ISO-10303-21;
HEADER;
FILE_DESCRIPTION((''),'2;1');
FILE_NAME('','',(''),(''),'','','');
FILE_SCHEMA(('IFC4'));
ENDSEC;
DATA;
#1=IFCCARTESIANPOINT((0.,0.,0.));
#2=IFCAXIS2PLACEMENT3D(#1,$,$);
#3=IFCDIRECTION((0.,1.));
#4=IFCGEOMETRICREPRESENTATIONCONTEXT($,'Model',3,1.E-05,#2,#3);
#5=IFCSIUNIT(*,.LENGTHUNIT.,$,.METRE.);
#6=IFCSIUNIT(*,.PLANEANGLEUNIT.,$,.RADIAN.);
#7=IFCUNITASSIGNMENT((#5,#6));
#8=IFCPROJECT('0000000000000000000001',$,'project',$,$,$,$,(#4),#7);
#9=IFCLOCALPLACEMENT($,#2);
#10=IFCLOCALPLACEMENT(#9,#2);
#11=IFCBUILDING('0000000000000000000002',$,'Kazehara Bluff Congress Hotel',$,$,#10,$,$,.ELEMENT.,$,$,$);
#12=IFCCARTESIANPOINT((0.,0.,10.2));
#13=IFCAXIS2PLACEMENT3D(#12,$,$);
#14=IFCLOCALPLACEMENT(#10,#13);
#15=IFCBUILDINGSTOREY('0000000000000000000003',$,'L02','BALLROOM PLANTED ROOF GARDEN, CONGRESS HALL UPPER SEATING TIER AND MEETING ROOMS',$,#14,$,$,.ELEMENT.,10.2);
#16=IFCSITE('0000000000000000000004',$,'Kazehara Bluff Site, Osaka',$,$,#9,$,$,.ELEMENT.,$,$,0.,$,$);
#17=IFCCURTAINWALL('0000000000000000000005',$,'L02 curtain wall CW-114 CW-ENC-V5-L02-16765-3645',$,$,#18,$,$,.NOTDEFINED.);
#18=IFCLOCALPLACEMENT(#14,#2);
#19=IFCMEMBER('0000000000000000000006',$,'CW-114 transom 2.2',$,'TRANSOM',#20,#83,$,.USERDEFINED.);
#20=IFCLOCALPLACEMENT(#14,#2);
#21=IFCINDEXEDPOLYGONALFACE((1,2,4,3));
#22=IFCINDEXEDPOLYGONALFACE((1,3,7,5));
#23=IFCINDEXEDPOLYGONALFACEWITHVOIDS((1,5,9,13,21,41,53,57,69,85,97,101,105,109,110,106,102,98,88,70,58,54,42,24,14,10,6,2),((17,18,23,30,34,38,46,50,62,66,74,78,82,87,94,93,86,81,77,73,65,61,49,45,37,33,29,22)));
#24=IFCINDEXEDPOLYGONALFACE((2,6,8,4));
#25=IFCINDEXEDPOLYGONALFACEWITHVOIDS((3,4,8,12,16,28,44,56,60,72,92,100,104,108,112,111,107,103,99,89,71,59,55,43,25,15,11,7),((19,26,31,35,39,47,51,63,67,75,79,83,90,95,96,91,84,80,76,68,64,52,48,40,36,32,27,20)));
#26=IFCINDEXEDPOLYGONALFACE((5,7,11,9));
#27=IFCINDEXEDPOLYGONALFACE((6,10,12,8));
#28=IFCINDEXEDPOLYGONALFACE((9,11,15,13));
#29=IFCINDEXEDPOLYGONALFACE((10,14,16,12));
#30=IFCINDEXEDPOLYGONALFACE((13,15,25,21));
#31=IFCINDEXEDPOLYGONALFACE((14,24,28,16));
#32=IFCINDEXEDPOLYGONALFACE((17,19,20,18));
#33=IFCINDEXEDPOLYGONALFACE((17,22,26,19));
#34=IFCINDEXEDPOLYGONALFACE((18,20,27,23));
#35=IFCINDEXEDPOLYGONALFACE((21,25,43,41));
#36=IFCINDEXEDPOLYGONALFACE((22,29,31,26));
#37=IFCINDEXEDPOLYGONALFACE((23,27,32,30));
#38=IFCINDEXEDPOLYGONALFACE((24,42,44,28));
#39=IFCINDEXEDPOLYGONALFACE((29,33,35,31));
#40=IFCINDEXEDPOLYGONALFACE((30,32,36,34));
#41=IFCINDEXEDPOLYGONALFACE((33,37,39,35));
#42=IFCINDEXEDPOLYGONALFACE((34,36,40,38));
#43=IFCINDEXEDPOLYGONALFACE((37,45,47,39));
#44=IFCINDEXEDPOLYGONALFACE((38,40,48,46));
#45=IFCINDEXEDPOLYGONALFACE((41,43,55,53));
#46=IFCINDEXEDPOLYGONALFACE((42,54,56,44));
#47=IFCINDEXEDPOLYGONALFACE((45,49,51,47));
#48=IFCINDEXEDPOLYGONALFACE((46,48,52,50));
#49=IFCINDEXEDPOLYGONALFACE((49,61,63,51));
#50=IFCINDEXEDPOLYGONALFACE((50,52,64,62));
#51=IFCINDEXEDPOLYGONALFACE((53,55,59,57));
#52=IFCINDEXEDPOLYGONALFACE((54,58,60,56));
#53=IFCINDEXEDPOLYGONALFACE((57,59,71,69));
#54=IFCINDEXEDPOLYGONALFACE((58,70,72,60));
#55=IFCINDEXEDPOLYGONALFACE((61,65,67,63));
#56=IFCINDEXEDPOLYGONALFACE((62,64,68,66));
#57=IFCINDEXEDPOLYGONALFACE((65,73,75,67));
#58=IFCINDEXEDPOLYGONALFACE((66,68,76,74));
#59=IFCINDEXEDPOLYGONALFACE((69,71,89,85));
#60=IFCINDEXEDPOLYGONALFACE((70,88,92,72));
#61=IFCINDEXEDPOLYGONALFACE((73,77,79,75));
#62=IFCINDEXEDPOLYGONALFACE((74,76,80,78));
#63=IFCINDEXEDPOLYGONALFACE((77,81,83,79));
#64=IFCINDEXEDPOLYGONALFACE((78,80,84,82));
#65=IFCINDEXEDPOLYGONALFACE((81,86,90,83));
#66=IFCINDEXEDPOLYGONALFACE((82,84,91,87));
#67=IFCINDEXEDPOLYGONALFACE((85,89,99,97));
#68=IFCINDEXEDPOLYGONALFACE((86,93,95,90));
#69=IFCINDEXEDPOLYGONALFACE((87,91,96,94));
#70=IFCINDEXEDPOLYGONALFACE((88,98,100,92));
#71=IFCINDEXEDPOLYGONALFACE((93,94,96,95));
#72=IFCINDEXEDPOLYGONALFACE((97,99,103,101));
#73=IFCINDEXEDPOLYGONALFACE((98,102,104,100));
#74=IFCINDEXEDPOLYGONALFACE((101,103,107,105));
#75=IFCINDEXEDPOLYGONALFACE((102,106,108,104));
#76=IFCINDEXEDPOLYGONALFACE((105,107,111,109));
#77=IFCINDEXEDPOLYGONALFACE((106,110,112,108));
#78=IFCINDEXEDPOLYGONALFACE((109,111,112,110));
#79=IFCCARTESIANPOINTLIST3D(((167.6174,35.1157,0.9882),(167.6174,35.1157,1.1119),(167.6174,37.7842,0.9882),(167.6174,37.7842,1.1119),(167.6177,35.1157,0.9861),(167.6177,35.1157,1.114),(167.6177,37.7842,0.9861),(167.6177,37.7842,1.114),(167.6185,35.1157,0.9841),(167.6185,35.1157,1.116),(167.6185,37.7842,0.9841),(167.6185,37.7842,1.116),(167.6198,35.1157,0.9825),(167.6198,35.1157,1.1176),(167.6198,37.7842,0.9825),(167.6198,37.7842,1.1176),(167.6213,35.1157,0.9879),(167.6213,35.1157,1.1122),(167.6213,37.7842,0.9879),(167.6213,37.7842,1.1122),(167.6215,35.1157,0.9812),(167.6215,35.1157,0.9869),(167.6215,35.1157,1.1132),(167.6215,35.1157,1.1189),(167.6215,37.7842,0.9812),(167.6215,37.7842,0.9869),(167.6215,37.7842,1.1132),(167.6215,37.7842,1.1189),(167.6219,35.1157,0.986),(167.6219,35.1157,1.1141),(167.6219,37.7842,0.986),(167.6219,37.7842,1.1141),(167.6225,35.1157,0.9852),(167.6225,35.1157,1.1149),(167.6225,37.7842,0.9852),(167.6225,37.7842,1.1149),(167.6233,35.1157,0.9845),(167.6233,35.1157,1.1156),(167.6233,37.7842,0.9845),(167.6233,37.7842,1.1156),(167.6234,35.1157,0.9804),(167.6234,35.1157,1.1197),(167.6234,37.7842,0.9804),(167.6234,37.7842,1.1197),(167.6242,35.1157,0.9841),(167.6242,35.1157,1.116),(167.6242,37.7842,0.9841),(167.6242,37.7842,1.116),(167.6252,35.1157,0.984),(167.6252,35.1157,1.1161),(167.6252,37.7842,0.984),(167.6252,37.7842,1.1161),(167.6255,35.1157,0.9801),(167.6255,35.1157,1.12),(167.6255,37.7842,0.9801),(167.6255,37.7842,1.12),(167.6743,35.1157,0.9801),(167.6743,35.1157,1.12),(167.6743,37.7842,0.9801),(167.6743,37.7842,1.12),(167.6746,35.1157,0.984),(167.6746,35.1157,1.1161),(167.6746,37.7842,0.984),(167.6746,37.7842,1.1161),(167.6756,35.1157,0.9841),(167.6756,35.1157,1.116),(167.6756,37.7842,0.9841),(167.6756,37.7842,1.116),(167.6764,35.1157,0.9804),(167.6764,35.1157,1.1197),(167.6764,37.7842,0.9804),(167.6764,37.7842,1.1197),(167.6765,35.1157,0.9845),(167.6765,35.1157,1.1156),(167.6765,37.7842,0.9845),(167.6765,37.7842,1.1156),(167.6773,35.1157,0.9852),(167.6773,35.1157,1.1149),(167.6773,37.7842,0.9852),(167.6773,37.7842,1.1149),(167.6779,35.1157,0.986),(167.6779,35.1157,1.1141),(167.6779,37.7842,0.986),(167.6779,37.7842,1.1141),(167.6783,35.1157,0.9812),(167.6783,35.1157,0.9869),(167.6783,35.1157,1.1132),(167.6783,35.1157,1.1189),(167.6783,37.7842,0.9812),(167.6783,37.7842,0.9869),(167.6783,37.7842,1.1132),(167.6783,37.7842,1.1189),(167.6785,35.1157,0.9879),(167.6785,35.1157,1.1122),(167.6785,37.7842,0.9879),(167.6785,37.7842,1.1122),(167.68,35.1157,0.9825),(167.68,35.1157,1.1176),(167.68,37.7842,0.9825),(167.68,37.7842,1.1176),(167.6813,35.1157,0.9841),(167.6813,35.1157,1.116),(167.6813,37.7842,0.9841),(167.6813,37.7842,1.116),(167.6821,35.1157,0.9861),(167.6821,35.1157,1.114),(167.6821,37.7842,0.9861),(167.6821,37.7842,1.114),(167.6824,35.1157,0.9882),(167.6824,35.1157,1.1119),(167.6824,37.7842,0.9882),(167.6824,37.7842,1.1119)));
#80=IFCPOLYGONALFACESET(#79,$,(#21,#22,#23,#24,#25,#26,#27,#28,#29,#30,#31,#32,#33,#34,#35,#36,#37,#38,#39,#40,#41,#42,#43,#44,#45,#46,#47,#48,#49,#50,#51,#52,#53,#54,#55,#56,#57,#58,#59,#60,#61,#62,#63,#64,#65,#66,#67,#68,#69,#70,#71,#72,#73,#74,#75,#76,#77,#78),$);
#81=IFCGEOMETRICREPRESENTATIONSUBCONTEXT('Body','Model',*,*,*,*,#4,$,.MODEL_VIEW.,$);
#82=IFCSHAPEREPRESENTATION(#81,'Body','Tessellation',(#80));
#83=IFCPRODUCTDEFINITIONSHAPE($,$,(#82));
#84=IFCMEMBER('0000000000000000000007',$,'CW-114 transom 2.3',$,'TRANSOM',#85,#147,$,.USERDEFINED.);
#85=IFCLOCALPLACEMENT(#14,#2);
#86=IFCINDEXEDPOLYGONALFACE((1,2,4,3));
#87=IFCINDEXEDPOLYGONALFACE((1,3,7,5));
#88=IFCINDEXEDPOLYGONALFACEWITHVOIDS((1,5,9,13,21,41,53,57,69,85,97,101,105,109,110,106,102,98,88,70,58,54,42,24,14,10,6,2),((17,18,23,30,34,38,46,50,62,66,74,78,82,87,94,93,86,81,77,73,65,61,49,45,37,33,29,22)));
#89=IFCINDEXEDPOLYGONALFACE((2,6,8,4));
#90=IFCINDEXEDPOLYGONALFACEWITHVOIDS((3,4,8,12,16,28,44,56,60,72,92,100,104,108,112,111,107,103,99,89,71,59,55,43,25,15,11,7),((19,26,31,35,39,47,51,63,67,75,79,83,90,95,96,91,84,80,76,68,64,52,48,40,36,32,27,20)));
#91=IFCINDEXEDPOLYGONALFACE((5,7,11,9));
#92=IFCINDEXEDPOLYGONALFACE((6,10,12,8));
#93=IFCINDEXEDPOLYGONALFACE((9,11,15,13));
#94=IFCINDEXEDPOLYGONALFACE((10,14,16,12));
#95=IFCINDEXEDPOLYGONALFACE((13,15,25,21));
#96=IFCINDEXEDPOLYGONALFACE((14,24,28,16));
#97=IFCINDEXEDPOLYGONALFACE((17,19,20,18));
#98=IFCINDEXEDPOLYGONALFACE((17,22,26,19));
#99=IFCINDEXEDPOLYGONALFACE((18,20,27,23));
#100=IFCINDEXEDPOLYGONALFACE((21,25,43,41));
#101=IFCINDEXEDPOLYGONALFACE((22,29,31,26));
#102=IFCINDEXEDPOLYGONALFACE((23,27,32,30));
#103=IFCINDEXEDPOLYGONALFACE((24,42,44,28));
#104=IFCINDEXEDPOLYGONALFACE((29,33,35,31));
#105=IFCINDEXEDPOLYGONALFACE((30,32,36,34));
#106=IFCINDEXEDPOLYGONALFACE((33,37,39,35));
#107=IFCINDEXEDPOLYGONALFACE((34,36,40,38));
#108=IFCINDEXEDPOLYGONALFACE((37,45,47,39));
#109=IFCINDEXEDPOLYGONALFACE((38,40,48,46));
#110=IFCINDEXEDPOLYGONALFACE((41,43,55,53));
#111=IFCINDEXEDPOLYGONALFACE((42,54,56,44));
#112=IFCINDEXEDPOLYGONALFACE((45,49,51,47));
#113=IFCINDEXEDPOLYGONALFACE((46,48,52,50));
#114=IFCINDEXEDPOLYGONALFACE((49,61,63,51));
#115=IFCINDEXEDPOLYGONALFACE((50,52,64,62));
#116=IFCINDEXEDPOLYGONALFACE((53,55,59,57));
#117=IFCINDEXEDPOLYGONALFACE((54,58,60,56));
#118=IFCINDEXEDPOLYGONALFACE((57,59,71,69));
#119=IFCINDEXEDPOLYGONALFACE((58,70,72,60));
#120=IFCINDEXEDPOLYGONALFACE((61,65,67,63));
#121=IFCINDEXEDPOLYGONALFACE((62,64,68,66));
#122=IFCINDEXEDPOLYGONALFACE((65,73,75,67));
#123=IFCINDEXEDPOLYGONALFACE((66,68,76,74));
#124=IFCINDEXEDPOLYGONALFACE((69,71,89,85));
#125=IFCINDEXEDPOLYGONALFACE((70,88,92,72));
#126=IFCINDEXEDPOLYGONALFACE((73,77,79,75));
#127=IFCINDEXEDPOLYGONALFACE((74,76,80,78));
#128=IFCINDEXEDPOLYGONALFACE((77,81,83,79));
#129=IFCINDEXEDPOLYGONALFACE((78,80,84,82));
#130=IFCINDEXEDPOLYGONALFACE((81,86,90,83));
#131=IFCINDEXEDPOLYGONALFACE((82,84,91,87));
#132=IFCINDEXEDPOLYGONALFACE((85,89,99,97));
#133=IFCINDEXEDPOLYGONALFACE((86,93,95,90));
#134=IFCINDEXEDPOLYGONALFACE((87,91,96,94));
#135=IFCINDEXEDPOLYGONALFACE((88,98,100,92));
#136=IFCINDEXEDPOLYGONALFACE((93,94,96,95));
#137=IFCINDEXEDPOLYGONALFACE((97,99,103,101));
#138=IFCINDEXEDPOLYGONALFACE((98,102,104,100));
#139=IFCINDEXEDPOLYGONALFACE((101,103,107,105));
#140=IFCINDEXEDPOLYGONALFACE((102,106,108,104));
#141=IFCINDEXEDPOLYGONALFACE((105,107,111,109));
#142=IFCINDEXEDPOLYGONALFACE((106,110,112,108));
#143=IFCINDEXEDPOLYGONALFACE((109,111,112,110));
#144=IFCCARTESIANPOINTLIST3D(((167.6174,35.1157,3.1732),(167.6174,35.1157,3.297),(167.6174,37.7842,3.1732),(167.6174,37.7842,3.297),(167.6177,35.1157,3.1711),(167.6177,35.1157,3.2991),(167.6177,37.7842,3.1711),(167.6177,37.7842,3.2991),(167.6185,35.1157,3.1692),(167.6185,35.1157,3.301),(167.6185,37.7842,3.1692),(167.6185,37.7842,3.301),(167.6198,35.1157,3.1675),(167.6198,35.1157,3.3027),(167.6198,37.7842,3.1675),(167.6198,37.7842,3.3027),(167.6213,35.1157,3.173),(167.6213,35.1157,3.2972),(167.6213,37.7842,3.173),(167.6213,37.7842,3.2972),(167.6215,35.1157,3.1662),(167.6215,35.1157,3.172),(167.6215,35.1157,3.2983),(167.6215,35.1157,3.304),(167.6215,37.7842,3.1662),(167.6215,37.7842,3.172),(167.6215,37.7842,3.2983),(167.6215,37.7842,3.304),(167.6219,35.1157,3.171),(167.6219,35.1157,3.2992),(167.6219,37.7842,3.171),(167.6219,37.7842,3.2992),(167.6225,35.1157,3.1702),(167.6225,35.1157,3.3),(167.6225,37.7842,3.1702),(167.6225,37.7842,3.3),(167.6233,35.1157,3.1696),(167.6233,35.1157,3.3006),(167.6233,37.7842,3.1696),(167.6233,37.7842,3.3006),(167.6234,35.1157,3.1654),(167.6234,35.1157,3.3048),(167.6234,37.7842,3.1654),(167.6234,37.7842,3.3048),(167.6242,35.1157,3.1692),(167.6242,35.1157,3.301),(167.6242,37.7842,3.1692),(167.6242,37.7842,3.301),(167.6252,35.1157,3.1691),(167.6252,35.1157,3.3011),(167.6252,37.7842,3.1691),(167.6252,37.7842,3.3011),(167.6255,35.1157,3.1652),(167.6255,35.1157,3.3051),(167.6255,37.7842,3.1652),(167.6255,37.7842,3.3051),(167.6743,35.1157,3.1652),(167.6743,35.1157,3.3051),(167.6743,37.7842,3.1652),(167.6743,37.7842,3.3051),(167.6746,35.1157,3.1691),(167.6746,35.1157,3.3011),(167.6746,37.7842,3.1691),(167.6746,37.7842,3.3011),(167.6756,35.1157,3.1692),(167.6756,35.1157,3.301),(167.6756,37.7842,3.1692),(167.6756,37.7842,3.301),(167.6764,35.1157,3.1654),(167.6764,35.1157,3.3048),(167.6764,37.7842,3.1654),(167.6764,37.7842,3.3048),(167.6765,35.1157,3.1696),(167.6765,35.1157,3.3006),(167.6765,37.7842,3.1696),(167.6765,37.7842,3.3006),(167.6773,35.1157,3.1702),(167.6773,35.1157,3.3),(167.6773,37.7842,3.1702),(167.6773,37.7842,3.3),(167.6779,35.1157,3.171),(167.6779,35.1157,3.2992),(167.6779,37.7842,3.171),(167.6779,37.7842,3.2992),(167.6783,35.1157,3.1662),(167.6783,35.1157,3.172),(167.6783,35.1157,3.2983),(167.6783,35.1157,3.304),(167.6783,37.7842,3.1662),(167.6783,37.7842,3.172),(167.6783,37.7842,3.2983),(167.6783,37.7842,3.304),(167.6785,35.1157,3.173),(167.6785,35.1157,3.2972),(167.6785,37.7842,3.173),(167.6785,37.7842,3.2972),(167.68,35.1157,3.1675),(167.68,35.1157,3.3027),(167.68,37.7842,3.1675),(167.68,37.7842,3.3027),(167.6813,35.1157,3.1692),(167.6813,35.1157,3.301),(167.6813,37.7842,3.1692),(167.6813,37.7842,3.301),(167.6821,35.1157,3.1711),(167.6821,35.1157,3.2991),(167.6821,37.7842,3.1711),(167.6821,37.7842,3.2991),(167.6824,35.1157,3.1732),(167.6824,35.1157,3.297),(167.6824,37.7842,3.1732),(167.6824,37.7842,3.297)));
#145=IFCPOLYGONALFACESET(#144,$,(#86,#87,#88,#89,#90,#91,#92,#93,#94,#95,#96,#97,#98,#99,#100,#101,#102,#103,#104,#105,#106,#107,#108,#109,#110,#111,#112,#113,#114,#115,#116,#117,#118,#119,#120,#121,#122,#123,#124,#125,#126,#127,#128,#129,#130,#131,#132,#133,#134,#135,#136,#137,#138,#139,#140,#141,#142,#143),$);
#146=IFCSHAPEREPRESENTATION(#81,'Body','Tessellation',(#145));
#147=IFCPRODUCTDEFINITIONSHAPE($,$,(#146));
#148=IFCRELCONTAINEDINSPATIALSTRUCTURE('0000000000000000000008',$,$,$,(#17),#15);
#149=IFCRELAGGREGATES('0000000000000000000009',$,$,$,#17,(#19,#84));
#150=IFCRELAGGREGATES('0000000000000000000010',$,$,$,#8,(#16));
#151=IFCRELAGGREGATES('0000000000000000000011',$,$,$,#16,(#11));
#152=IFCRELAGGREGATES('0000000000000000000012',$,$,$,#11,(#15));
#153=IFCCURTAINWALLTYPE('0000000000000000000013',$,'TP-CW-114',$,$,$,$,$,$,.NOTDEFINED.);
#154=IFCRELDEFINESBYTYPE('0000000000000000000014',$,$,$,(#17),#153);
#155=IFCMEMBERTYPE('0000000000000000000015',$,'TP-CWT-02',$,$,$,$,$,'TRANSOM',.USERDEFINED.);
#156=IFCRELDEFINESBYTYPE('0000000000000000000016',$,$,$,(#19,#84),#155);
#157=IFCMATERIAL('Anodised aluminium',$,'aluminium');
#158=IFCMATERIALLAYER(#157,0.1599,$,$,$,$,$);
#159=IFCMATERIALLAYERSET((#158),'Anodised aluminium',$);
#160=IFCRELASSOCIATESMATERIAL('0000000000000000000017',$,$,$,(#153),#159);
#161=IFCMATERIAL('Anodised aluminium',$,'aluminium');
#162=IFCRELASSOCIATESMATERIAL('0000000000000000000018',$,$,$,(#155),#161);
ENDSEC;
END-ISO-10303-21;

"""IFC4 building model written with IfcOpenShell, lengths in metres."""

from ifc_helpers import new_model, si_unit, direction, frame, origin, origin_2d, place, context, subcontext, project, spatial, hollow_rectangle, extrude, material, layer, layer_set, material_profile, profile_set, type_object, element, aggregate, save


model = new_model("IFC4")

# Units and contexts
model_context = context("Model", 3, precision=1e-05, world=origin(), true_north=direction((0.0, 1.0)))
body_context = subcontext(model_context, "Body", "Model", "MODEL_VIEW")
ifc_project = project(units=[si_unit("LENGTHUNIT", "METRE"), si_unit("PLANEANGLEUNIT", "RADIAN")], contexts=[model_context])

# Site, building, storey
site_placement = place(None, origin())
site = spatial("IfcSite", under=ifc_project, at=site_placement, Name="Kazehara Bluff Site, Osaka", CompositionType="ELEMENT", RefElevation=0.0)
building_placement = place(site_placement, origin())
building = spatial("IfcBuilding", under=site, at=building_placement, Name="Kazehara Bluff Congress Hotel", CompositionType="ELEMENT")
storey_placement = place(building_placement, frame((0.0, 0.0, 10.2)))
storey = spatial("IfcBuildingStorey", under=building, at=storey_placement, Name="L02", Description="BALLROOM PLANTED ROOF GARDEN, CONGRESS HALL UPPER SEATING TIER AND MEETING ROOMS", CompositionType="ELEMENT", Elevation=10.2)

# Curtain wall, members
ifc_material_1 = material(Name="Anodised aluminium", Category="aluminium")
ifc_layer_1 = layer(ifc_material_1, 0.1599)
ifc_layer_set_1 = layer_set([ifc_layer_1], Name="Anodised aluminium")
curtain_wall_type_1 = type_object("IfcCurtainWallType", Name="TP-CW-114", PredefinedType="NOTDEFINED", material=ifc_layer_set_1)
curtain_wall_1_placement = place(storey_placement, origin())
curtain_wall_1 = element("IfcCurtainWall", 1, at=curtain_wall_1_placement, inside=storey, type_object=curtain_wall_type_1, Name="L02 curtain wall CW-114 CW-ENC-V5-L02-16765-3645", PredefinedType="NOTDEFINED")
ifc_material_2 = material(Name="Anodised aluminium", Category="aluminium")
ifc_material_profile_1 = material_profile(ifc_material_2, hollow_rectangle(XDim=0.0649, YDim=0.1399, WallThickness=0.0039, InnerFilletRadius=0.0039, OuterFilletRadius=0.0081, at=origin_2d()))
ifc_profile_set_1 = profile_set([ifc_material_profile_1], Name="Anodised aluminium")
member_type_1 = type_object("IfcMemberType", Name="TP-CWT-02", ElementType="TRANSOM", PredefinedType="USERDEFINED", material=ifc_profile_set_1)
member_1_placement = place(storey_placement, frame((167.6499, 37.7842, 1.05), z_axis=(0.0, -1.0, 0.0), x_axis=(1.0, 0.0, 0.0)))
member_1 = element("IfcMember", 2, at=member_1_placement, type_object=member_type_1, Name="CW-114 transom 2.2", ObjectType="TRANSOM", PredefinedType="USERDEFINED", context=body_context, shape_type="SweptSolid", body=[
    extrude(hollow_rectangle(XDim=0.0649, YDim=0.1399, WallThickness=0.0039, InnerFilletRadius=0.0039, OuterFilletRadius=0.0081, at=origin_2d()), origin(), (0.0, 0.0, 1.0), 2.6685),
])
member_2_placement = place(storey_placement, frame((167.6499, 37.7842, 3.2351), z_axis=(0.0, -1.0, 0.0), x_axis=(1.0, 0.0, 0.0)))
member_2 = element("IfcMember", 3, at=member_2_placement, type_object=member_type_1, Name="CW-114 transom 2.3", ObjectType="TRANSOM", PredefinedType="USERDEFINED", context=body_context, shape_type="SweptSolid", body=[
    extrude(hollow_rectangle(XDim=0.0649, YDim=0.1399, WallThickness=0.0039, InnerFilletRadius=0.0039, OuterFilletRadius=0.0081, at=origin_2d()), origin(), (0.0, 0.0, 1.0), 2.6685),
])

aggregate(curtain_wall_1, [member_1, member_2])

save(model, "model.ifc")
